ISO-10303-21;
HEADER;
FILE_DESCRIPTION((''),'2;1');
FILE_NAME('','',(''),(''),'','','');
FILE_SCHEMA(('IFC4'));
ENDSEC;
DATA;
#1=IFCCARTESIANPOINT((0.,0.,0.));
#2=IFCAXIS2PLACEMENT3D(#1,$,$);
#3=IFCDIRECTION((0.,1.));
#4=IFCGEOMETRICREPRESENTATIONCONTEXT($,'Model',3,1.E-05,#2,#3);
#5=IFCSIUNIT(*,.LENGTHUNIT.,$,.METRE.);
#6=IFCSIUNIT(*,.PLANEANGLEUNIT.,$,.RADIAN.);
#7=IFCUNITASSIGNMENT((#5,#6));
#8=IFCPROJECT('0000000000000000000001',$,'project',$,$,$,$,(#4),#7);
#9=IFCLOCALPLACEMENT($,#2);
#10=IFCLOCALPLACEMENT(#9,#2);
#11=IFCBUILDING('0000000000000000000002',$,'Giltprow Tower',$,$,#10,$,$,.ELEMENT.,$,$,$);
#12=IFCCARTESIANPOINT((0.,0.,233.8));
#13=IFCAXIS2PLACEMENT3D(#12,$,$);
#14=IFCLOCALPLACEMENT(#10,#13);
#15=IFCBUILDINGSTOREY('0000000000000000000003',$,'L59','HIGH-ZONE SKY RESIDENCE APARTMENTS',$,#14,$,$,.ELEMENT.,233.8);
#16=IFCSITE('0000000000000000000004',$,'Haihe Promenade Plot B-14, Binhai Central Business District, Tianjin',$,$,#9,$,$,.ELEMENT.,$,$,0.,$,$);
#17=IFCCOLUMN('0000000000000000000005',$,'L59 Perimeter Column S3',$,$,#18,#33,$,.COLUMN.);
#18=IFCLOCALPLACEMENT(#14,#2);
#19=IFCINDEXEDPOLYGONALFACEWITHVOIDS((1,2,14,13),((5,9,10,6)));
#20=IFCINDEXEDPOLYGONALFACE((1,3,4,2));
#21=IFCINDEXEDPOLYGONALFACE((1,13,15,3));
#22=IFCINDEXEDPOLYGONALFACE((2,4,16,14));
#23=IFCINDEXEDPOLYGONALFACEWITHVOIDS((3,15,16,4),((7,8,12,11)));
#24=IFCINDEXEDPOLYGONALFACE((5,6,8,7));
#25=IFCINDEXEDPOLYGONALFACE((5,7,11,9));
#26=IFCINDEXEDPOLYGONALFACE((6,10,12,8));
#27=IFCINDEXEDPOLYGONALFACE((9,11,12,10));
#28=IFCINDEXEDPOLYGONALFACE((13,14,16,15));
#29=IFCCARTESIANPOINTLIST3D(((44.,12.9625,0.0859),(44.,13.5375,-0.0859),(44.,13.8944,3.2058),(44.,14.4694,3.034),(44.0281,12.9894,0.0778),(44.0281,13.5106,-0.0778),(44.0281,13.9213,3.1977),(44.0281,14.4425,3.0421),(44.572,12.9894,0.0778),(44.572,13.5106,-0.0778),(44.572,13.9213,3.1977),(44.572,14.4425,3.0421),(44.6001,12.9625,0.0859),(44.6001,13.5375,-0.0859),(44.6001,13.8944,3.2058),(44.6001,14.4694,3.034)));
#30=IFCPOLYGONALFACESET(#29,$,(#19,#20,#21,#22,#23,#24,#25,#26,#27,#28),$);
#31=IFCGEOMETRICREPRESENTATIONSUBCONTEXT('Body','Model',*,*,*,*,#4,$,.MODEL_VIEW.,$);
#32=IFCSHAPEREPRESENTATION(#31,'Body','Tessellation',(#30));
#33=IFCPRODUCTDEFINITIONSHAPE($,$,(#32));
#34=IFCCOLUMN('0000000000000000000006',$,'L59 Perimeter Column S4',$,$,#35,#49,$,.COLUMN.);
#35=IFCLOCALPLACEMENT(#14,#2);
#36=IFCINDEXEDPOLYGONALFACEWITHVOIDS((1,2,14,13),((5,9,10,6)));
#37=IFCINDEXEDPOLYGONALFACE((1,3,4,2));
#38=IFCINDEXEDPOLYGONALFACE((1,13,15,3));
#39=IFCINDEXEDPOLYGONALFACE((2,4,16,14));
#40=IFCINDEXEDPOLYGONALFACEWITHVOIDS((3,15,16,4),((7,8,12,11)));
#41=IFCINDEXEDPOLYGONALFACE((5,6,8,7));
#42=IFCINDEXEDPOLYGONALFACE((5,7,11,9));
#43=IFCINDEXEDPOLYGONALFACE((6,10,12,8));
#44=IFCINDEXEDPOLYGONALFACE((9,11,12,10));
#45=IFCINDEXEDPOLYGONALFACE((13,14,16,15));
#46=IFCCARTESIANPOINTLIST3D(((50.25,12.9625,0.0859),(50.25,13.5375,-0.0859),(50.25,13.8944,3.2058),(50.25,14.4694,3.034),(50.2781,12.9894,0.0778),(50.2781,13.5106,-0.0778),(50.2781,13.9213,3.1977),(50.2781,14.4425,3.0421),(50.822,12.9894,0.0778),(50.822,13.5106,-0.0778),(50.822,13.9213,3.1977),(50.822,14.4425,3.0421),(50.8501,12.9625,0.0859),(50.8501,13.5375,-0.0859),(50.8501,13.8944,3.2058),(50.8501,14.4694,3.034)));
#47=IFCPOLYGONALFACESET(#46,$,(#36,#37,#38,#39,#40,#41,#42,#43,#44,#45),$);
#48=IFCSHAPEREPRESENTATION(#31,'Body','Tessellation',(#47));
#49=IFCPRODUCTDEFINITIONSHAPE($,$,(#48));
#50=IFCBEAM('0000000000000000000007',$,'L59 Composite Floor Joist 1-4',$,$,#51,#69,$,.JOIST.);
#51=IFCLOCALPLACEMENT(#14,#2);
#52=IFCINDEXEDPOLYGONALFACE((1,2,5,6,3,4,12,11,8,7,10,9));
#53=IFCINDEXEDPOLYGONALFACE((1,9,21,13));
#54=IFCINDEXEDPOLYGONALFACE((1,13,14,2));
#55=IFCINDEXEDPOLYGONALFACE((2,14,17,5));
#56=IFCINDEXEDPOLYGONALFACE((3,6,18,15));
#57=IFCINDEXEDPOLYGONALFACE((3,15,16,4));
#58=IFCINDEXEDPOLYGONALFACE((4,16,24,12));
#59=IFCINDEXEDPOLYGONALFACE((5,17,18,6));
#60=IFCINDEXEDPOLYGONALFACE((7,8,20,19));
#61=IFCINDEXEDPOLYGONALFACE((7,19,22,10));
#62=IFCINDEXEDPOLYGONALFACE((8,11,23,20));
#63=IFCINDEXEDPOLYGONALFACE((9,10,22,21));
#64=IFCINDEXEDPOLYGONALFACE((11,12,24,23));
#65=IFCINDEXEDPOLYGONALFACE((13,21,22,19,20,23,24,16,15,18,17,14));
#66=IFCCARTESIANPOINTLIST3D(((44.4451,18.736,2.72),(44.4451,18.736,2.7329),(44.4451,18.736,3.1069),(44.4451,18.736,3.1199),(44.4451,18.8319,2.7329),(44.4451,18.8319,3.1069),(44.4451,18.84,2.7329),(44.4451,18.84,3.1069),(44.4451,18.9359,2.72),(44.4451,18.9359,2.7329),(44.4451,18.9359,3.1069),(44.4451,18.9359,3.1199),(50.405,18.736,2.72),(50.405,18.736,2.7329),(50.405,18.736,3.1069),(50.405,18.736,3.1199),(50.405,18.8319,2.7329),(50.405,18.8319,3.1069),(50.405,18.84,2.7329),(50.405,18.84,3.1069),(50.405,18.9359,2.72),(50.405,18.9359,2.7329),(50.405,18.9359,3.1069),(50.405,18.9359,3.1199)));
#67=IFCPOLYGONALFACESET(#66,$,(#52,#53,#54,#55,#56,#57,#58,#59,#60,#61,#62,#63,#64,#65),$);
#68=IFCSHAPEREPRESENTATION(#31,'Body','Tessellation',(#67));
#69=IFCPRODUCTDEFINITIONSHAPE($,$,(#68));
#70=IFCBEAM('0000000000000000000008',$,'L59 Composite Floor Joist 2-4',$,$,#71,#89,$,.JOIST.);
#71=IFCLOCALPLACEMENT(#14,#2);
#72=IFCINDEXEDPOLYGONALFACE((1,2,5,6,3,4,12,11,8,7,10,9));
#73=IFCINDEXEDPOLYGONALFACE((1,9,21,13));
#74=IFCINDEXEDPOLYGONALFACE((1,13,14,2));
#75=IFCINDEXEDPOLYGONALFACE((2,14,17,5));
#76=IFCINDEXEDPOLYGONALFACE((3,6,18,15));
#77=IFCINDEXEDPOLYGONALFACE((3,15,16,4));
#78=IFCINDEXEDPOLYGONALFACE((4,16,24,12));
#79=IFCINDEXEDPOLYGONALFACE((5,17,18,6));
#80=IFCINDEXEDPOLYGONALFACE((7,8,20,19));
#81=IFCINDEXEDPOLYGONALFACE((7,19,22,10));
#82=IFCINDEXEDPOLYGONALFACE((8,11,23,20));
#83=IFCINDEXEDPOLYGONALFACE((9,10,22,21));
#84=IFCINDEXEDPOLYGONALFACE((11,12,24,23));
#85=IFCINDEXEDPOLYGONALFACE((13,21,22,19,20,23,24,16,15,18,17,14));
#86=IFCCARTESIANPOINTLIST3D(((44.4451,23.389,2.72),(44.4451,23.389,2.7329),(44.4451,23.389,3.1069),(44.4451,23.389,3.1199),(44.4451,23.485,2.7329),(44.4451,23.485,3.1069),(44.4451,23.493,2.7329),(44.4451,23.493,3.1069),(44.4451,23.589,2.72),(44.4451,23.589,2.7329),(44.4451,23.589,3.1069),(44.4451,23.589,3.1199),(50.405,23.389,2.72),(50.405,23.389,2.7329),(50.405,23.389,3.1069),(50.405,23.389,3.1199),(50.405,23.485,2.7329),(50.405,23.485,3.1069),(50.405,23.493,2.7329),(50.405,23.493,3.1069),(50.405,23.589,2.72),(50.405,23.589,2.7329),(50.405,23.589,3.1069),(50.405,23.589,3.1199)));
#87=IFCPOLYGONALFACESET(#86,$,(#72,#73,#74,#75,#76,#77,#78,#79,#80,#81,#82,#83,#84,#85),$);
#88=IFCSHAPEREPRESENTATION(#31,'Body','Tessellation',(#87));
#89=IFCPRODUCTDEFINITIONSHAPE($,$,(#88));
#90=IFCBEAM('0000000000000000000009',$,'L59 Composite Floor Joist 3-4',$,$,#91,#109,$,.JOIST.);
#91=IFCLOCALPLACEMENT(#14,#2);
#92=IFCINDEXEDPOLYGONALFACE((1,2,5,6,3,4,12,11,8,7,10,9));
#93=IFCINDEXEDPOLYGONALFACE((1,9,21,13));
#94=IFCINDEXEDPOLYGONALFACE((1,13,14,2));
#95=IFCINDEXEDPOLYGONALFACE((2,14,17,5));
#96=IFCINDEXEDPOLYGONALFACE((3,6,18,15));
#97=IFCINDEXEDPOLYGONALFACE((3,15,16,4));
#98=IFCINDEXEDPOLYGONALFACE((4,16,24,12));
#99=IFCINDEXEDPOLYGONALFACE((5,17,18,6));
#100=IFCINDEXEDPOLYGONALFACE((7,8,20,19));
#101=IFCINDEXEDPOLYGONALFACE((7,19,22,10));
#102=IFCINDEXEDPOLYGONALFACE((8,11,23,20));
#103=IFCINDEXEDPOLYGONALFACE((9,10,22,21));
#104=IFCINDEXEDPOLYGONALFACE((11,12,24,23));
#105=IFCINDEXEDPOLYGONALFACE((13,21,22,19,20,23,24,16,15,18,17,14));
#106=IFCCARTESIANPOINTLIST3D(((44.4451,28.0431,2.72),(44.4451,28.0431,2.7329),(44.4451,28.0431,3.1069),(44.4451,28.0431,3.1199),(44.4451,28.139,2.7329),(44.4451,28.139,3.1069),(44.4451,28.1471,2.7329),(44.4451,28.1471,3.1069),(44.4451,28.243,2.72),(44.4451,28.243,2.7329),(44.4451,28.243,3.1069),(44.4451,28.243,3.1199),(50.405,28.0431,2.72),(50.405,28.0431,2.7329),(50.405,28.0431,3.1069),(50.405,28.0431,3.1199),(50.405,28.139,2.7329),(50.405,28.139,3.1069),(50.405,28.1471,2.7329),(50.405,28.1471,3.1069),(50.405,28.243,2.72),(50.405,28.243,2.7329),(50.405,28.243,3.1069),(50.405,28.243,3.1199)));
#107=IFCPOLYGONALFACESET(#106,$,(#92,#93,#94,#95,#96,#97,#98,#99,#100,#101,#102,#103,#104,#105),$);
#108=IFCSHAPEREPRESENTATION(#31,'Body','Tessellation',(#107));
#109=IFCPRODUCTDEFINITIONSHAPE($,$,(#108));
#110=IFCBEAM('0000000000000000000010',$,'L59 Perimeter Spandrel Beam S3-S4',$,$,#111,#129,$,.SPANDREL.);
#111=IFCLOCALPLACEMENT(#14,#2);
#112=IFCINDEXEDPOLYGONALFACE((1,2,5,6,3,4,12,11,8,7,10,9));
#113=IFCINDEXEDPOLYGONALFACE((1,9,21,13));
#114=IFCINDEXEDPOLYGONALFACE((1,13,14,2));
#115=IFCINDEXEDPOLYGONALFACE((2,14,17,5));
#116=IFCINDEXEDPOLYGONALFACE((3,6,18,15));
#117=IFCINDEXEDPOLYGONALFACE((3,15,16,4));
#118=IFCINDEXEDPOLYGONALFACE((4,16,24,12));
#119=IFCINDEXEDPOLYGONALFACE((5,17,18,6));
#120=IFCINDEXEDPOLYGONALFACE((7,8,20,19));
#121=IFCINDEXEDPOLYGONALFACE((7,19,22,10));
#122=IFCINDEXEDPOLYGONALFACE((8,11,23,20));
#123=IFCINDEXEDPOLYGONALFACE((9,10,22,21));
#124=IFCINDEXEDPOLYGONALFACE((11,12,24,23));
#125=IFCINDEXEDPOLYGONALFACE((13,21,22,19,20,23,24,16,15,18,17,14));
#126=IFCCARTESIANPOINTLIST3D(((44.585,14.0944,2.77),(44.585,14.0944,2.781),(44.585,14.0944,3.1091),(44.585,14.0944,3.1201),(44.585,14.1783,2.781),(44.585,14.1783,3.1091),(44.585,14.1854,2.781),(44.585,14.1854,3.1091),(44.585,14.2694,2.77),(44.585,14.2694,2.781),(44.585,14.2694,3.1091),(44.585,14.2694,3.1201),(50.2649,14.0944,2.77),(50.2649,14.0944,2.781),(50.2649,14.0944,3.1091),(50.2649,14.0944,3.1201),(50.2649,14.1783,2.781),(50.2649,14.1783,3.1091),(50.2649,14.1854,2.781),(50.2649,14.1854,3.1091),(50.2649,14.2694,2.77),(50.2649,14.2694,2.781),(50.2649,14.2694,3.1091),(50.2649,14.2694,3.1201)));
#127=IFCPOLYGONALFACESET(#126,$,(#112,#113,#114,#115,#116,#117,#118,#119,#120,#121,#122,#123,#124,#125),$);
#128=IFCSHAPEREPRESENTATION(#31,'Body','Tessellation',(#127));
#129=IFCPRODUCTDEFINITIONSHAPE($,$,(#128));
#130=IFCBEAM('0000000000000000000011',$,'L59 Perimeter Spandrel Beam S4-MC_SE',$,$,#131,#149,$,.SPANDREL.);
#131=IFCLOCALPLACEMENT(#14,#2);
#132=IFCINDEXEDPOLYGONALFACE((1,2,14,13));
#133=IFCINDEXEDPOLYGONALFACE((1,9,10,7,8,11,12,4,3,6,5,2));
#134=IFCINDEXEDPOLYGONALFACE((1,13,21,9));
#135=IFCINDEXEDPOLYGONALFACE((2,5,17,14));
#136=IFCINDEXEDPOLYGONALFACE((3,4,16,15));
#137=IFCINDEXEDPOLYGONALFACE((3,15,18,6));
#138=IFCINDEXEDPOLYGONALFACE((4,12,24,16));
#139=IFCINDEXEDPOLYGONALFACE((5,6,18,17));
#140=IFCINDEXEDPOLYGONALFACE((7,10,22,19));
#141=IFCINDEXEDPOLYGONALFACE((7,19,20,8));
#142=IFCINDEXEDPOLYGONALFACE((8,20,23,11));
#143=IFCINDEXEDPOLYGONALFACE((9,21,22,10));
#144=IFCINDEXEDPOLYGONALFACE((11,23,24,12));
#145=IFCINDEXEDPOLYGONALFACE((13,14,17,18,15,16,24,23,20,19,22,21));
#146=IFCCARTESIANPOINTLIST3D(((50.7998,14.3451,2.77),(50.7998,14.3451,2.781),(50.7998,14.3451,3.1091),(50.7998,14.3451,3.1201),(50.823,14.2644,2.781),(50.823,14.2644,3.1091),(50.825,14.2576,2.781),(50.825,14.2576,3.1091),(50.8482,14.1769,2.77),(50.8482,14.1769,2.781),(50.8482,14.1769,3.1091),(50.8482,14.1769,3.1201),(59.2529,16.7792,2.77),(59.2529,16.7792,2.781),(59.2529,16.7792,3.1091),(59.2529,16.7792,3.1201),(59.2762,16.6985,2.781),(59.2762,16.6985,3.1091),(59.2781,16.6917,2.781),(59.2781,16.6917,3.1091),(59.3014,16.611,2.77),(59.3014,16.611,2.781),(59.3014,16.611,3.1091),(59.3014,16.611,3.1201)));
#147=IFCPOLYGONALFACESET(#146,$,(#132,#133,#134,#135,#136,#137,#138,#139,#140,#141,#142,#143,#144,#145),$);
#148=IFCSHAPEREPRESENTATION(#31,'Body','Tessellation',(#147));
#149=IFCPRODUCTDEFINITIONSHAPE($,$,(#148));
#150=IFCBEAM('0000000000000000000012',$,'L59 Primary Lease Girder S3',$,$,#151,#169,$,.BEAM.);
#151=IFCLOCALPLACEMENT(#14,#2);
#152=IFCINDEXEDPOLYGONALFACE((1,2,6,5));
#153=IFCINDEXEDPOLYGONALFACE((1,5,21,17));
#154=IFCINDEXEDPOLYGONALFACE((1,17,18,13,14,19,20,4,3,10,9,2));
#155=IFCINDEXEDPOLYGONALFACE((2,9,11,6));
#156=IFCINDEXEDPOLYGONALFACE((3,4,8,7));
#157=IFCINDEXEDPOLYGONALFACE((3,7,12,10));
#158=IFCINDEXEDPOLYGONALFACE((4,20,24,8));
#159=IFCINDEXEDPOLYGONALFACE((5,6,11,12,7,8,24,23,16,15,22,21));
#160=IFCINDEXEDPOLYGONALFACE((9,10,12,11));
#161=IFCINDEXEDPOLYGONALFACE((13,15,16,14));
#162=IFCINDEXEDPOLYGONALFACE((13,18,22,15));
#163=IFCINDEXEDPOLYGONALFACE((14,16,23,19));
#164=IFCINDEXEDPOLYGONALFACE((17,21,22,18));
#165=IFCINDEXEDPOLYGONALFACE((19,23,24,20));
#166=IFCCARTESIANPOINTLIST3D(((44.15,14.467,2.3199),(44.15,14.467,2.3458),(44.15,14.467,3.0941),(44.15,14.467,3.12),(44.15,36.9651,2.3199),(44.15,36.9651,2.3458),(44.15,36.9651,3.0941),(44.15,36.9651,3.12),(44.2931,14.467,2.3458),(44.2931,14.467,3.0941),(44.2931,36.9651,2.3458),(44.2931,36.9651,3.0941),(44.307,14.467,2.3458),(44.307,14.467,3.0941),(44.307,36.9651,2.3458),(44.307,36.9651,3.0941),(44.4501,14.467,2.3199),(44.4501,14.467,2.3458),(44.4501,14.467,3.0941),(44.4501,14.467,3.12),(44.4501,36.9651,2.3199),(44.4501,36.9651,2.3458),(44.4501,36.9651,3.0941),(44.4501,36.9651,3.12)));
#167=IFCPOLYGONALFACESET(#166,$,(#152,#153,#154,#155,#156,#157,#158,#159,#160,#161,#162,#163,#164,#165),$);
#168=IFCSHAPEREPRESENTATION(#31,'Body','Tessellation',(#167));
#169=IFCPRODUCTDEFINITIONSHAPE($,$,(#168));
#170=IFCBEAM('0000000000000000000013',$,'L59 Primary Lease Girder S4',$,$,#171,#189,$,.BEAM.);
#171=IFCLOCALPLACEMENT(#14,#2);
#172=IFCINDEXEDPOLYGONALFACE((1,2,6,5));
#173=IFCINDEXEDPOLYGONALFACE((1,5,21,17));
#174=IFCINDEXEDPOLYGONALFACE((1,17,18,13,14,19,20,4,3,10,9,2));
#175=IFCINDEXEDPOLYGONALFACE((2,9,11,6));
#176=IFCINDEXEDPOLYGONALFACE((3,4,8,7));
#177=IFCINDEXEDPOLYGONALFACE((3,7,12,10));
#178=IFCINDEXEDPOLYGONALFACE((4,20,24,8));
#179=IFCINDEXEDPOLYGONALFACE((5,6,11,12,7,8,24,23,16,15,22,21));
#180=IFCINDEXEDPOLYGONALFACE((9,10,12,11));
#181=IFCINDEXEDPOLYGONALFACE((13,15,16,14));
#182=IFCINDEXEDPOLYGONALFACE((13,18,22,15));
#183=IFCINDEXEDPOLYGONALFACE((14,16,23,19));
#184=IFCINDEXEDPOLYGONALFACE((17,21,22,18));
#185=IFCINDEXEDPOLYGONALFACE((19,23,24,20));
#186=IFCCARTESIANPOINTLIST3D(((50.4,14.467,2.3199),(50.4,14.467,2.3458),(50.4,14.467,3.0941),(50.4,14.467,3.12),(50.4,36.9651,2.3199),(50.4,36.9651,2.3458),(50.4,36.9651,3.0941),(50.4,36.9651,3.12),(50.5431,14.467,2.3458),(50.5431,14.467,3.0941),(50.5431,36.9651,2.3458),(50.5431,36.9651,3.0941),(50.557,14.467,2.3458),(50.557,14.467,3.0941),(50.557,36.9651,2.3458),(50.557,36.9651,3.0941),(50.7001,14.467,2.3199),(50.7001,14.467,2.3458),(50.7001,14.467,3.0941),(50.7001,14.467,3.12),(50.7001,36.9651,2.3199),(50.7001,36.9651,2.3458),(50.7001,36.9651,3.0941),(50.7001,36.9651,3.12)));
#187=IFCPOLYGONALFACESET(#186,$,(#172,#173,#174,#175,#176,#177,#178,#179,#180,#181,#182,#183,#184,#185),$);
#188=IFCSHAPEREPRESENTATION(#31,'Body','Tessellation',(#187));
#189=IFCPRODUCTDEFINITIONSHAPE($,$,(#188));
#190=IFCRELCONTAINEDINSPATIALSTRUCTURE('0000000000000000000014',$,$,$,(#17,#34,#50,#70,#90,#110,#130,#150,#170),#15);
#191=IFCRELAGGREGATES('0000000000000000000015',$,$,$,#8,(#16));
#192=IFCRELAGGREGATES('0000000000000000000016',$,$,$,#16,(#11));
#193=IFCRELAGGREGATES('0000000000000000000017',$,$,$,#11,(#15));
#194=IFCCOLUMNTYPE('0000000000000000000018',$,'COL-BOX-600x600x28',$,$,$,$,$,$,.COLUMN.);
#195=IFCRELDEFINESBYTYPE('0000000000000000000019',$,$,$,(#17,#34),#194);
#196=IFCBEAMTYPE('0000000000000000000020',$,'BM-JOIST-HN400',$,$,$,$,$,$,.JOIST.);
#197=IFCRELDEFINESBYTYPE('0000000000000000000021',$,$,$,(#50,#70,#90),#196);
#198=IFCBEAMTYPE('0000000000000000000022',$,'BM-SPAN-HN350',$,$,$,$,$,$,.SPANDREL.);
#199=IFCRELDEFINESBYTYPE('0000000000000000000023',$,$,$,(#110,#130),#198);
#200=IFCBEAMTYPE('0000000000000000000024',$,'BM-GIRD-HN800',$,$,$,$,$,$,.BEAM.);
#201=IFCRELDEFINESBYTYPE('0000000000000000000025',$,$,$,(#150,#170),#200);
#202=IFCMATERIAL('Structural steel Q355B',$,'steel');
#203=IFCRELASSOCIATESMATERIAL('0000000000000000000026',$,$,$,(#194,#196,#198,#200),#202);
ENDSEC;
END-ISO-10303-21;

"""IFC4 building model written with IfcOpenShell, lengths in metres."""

from ifc_helpers import new_model, si_unit, direction, frame, origin, origin_2d, place, context, subcontext, project, spatial, hollow_rectangle, i_section, extrude, source, transform, mapped, material, material_profile, profile_set, type_object, element, save


model = new_model("IFC4")

# Units and contexts
model_context = context("Model", 3, precision=1e-05, world=origin(), true_north=direction((0.0, 1.0)))
body_context = subcontext(model_context, "Body", "Model", "MODEL_VIEW")
ifc_project = project(units=[si_unit("LENGTHUNIT", "METRE"), si_unit("PLANEANGLEUNIT", "RADIAN")], contexts=[model_context])

# Site, building, storey
site_placement = place(None, origin())
site = spatial("IfcSite", under=ifc_project, at=site_placement, Name="Haihe Promenade Plot B-14, Binhai Central Business District, Tianjin", CompositionType="ELEMENT", RefElevation=0.0)
building_placement = place(site_placement, origin())
building = spatial("IfcBuilding", under=site, at=building_placement, Name="Giltprow Tower", CompositionType="ELEMENT")
storey_placement = place(building_placement, frame((0.0, 0.0, 233.8)))
storey = spatial("IfcBuildingStorey", under=building, at=storey_placement, Name="L59", Description="HIGH-ZONE SKY RESIDENCE APARTMENTS", CompositionType="ELEMENT", Elevation=233.8)

# Columns
ifc_material_1 = material(Name="Structural steel Q355B", Category="steel")
ifc_material_profile_1 = material_profile(ifc_material_1, hollow_rectangle(XDim=0.6001, YDim=0.6001, WallThickness=0.0281, at=origin_2d()), Name="BOX 600x600x28")
ifc_profile_set_1 = profile_set([ifc_material_profile_1], Name="Structural steel Q355B")
column_type = type_object("IfcColumnType", Name="COL-BOX-600x600x28", PredefinedType="COLUMN", material=ifc_profile_set_1)
shared_shape_1 = source(origin(), body_context, "Body", "SweptSolid", [
    extrude(hollow_rectangle(XDim=0.6001, YDim=0.6001, WallThickness=0.0281, at=origin_2d()), origin(), (0.0, 0.0, 1.0), 3.2561),
])
for number, where, z_axis, x_axis, name in (
    (1, (44.3, 13.25, 0.0), (0.0, 0.286199, 0.95817), (-1.0, 0.0, 0.0), "L59 Perimeter Column S3"),
    (2, (50.55, 13.25, 0.0), (0.0, 0.286199, 0.95817), (-1.0, 0.0, 0.0), "L59 Perimeter Column S4"),
):
    element("IfcColumn", number, at=place(storey_placement, frame(where, z_axis=z_axis, x_axis=x_axis)), inside=storey, type_object=column_type, Name=name, PredefinedType="COLUMN", context=body_context, shape_type="MappedRepresentation", body=[
        mapped(shared_shape_1, transform((0.0, 0.0, 0.0), x_axis=(1.0, 0.0, 0.0), y_axis=(0.0, 1.0, 0.0), z_axis=(0.0, 0.0, 1.0), scale=1.0)),
    ])

# Beams
ifc_material_profile_2 = material_profile(ifc_material_1, i_section(OverallWidth=0.2, OverallDepth=0.3999, WebThickness=0.0081, FlangeThickness=0.0129, at=origin_2d()), Name="HN 400x200x8x13")
ifc_profile_set_2 = profile_set([ifc_material_profile_2], Name="Structural steel Q355B")
beam_type_1 = type_object("IfcBeamType", Name="BM-JOIST-HN400", PredefinedType="JOIST", material=ifc_profile_set_2)
shared_shape_2 = source(origin(), body_context, "Body", "SweptSolid", [
    extrude(i_section(OverallWidth=0.2, OverallDepth=0.3999, WebThickness=0.0081, FlangeThickness=0.0129, at=origin_2d()), origin(), (0.0, 0.0, 1.0), 5.96),
])
for number, where, z_axis, x_axis, name in (
    (3, (44.4451, 18.8359, 2.9199), (1.0, 0.0, 0.0), (0.0, 1.0, 0.0), "L59 Composite Floor Joist 1-4"),
    (4, (44.4451, 23.489, 2.9199), (1.0, 0.0, 0.0), (0.0, 1.0, 0.0), "L59 Composite Floor Joist 2-4"),
    (5, (44.4451, 28.1431, 2.9199), (1.0, 0.0, 0.0), (0.0, 1.0, 0.0), "L59 Composite Floor Joist 3-4"),
):
    element("IfcBeam", number, at=place(storey_placement, frame(where, z_axis=z_axis, x_axis=x_axis)), inside=storey, type_object=beam_type_1, Name=name, PredefinedType="JOIST", context=body_context, shape_type="MappedRepresentation", body=[
        mapped(shared_shape_2, transform((0.0, 0.0, 0.0), x_axis=(1.0, 0.0, 0.0), y_axis=(0.0, 1.0, 0.0), z_axis=(0.0, 0.0, 1.0), scale=1.0)),
    ])
ifc_material_profile_3 = material_profile(ifc_material_1, i_section(OverallWidth=0.175, OverallDepth=0.3501, WebThickness=0.0071, FlangeThickness=0.011, at=origin_2d()), Name="HN 350x175x7x11")
ifc_profile_set_3 = profile_set([ifc_material_profile_3], Name="Structural steel Q355B")
beam_type_2 = type_object("IfcBeamType", Name="BM-SPAN-HN350", PredefinedType="SPANDREL", material=ifc_profile_set_3)
shared_shape_3 = source(origin(), body_context, "Body", "SweptSolid", [
    extrude(i_section(OverallWidth=0.175, OverallDepth=0.3501, WebThickness=0.0071, FlangeThickness=0.011, at=origin_2d()), origin(), (0.0, 0.0, 1.0), 5.6799),
])
beam_1_placement = place(storey_placement, frame((44.585, 14.1819, 2.9451), z_axis=(1.0, 0.0, 0.0), x_axis=(0.0, 1.0, 0.0)))
element("IfcBeam", 6, at=beam_1_placement, inside=storey, type_object=beam_type_2, Name="L59 Perimeter Spandrel Beam S3-S4", PredefinedType="SPANDREL", context=body_context, shape_type="MappedRepresentation", body=[
    mapped(shared_shape_3, transform((0.0, 0.0, 0.0), x_axis=(1.0, 0.0, 0.0), y_axis=(0.0, 1.0, 0.0), z_axis=(0.0, 0.0, 1.0), scale=1.0)),
])
shared_shape_4 = source(origin(), body_context, "Body", "SweptSolid", [
    extrude(i_section(OverallWidth=0.175, OverallDepth=0.3501, WebThickness=0.0071, FlangeThickness=0.011, at=origin_2d()), origin(), (0.0, 0.0, 1.0), 8.7966),
])
beam_2_placement = place(storey_placement, frame((50.824, 14.261, 2.9451), z_axis=(0.960954, 0.276707, 0.0), x_axis=(-0.276707, 0.960954, 0.0)))
element("IfcBeam", 7, at=beam_2_placement, inside=storey, type_object=beam_type_2, Name="L59 Perimeter Spandrel Beam S4-MC_SE", PredefinedType="SPANDREL", context=body_context, shape_type="MappedRepresentation", body=[
    mapped(shared_shape_4, transform((0.0, 0.0, 0.0), x_axis=(1.0, 0.0, 0.0), y_axis=(0.0, 1.0, 0.0), z_axis=(0.0, 0.0, 1.0), scale=1.0)),
])
ifc_material_profile_4 = material_profile(ifc_material_1, i_section(OverallWidth=0.3, OverallDepth=0.8, WebThickness=0.0139, FlangeThickness=0.0259, at=origin_2d()), Name="HN 800x300x14x26")
ifc_profile_set_4 = profile_set([ifc_material_profile_4], Name="Structural steel Q355B")
beam_type_3 = type_object("IfcBeamType", Name="BM-GIRD-HN800", PredefinedType="BEAM", material=ifc_profile_set_4)
shared_shape_5 = source(origin(), body_context, "Body", "SweptSolid", [
    extrude(i_section(OverallWidth=0.3, OverallDepth=0.8, WebThickness=0.0139, FlangeThickness=0.0259, at=origin_2d()), origin(), (0.0, 0.0, 1.0), 22.498),
])
for number, where, z_axis, x_axis, name in (
    (8, (44.3, 14.467, 2.72), (0.0, 1.0, 0.0), (-1.0, 0.0, 0.0), "L59 Primary Lease Girder S3"),
    (9, (50.55, 14.467, 2.72), (0.0, 1.0, 0.0), (-1.0, 0.0, 0.0), "L59 Primary Lease Girder S4"),
):
    element("IfcBeam", number, at=place(storey_placement, frame(where, z_axis=z_axis, x_axis=x_axis)), inside=storey, type_object=beam_type_3, Name=name, PredefinedType="BEAM", context=body_context, shape_type="MappedRepresentation", body=[
        mapped(shared_shape_5, transform((0.0, 0.0, 0.0), x_axis=(1.0, 0.0, 0.0), y_axis=(0.0, 1.0, 0.0), z_axis=(0.0, 0.0, 1.0), scale=1.0)),
    ])

save(model, "model.ifc")
